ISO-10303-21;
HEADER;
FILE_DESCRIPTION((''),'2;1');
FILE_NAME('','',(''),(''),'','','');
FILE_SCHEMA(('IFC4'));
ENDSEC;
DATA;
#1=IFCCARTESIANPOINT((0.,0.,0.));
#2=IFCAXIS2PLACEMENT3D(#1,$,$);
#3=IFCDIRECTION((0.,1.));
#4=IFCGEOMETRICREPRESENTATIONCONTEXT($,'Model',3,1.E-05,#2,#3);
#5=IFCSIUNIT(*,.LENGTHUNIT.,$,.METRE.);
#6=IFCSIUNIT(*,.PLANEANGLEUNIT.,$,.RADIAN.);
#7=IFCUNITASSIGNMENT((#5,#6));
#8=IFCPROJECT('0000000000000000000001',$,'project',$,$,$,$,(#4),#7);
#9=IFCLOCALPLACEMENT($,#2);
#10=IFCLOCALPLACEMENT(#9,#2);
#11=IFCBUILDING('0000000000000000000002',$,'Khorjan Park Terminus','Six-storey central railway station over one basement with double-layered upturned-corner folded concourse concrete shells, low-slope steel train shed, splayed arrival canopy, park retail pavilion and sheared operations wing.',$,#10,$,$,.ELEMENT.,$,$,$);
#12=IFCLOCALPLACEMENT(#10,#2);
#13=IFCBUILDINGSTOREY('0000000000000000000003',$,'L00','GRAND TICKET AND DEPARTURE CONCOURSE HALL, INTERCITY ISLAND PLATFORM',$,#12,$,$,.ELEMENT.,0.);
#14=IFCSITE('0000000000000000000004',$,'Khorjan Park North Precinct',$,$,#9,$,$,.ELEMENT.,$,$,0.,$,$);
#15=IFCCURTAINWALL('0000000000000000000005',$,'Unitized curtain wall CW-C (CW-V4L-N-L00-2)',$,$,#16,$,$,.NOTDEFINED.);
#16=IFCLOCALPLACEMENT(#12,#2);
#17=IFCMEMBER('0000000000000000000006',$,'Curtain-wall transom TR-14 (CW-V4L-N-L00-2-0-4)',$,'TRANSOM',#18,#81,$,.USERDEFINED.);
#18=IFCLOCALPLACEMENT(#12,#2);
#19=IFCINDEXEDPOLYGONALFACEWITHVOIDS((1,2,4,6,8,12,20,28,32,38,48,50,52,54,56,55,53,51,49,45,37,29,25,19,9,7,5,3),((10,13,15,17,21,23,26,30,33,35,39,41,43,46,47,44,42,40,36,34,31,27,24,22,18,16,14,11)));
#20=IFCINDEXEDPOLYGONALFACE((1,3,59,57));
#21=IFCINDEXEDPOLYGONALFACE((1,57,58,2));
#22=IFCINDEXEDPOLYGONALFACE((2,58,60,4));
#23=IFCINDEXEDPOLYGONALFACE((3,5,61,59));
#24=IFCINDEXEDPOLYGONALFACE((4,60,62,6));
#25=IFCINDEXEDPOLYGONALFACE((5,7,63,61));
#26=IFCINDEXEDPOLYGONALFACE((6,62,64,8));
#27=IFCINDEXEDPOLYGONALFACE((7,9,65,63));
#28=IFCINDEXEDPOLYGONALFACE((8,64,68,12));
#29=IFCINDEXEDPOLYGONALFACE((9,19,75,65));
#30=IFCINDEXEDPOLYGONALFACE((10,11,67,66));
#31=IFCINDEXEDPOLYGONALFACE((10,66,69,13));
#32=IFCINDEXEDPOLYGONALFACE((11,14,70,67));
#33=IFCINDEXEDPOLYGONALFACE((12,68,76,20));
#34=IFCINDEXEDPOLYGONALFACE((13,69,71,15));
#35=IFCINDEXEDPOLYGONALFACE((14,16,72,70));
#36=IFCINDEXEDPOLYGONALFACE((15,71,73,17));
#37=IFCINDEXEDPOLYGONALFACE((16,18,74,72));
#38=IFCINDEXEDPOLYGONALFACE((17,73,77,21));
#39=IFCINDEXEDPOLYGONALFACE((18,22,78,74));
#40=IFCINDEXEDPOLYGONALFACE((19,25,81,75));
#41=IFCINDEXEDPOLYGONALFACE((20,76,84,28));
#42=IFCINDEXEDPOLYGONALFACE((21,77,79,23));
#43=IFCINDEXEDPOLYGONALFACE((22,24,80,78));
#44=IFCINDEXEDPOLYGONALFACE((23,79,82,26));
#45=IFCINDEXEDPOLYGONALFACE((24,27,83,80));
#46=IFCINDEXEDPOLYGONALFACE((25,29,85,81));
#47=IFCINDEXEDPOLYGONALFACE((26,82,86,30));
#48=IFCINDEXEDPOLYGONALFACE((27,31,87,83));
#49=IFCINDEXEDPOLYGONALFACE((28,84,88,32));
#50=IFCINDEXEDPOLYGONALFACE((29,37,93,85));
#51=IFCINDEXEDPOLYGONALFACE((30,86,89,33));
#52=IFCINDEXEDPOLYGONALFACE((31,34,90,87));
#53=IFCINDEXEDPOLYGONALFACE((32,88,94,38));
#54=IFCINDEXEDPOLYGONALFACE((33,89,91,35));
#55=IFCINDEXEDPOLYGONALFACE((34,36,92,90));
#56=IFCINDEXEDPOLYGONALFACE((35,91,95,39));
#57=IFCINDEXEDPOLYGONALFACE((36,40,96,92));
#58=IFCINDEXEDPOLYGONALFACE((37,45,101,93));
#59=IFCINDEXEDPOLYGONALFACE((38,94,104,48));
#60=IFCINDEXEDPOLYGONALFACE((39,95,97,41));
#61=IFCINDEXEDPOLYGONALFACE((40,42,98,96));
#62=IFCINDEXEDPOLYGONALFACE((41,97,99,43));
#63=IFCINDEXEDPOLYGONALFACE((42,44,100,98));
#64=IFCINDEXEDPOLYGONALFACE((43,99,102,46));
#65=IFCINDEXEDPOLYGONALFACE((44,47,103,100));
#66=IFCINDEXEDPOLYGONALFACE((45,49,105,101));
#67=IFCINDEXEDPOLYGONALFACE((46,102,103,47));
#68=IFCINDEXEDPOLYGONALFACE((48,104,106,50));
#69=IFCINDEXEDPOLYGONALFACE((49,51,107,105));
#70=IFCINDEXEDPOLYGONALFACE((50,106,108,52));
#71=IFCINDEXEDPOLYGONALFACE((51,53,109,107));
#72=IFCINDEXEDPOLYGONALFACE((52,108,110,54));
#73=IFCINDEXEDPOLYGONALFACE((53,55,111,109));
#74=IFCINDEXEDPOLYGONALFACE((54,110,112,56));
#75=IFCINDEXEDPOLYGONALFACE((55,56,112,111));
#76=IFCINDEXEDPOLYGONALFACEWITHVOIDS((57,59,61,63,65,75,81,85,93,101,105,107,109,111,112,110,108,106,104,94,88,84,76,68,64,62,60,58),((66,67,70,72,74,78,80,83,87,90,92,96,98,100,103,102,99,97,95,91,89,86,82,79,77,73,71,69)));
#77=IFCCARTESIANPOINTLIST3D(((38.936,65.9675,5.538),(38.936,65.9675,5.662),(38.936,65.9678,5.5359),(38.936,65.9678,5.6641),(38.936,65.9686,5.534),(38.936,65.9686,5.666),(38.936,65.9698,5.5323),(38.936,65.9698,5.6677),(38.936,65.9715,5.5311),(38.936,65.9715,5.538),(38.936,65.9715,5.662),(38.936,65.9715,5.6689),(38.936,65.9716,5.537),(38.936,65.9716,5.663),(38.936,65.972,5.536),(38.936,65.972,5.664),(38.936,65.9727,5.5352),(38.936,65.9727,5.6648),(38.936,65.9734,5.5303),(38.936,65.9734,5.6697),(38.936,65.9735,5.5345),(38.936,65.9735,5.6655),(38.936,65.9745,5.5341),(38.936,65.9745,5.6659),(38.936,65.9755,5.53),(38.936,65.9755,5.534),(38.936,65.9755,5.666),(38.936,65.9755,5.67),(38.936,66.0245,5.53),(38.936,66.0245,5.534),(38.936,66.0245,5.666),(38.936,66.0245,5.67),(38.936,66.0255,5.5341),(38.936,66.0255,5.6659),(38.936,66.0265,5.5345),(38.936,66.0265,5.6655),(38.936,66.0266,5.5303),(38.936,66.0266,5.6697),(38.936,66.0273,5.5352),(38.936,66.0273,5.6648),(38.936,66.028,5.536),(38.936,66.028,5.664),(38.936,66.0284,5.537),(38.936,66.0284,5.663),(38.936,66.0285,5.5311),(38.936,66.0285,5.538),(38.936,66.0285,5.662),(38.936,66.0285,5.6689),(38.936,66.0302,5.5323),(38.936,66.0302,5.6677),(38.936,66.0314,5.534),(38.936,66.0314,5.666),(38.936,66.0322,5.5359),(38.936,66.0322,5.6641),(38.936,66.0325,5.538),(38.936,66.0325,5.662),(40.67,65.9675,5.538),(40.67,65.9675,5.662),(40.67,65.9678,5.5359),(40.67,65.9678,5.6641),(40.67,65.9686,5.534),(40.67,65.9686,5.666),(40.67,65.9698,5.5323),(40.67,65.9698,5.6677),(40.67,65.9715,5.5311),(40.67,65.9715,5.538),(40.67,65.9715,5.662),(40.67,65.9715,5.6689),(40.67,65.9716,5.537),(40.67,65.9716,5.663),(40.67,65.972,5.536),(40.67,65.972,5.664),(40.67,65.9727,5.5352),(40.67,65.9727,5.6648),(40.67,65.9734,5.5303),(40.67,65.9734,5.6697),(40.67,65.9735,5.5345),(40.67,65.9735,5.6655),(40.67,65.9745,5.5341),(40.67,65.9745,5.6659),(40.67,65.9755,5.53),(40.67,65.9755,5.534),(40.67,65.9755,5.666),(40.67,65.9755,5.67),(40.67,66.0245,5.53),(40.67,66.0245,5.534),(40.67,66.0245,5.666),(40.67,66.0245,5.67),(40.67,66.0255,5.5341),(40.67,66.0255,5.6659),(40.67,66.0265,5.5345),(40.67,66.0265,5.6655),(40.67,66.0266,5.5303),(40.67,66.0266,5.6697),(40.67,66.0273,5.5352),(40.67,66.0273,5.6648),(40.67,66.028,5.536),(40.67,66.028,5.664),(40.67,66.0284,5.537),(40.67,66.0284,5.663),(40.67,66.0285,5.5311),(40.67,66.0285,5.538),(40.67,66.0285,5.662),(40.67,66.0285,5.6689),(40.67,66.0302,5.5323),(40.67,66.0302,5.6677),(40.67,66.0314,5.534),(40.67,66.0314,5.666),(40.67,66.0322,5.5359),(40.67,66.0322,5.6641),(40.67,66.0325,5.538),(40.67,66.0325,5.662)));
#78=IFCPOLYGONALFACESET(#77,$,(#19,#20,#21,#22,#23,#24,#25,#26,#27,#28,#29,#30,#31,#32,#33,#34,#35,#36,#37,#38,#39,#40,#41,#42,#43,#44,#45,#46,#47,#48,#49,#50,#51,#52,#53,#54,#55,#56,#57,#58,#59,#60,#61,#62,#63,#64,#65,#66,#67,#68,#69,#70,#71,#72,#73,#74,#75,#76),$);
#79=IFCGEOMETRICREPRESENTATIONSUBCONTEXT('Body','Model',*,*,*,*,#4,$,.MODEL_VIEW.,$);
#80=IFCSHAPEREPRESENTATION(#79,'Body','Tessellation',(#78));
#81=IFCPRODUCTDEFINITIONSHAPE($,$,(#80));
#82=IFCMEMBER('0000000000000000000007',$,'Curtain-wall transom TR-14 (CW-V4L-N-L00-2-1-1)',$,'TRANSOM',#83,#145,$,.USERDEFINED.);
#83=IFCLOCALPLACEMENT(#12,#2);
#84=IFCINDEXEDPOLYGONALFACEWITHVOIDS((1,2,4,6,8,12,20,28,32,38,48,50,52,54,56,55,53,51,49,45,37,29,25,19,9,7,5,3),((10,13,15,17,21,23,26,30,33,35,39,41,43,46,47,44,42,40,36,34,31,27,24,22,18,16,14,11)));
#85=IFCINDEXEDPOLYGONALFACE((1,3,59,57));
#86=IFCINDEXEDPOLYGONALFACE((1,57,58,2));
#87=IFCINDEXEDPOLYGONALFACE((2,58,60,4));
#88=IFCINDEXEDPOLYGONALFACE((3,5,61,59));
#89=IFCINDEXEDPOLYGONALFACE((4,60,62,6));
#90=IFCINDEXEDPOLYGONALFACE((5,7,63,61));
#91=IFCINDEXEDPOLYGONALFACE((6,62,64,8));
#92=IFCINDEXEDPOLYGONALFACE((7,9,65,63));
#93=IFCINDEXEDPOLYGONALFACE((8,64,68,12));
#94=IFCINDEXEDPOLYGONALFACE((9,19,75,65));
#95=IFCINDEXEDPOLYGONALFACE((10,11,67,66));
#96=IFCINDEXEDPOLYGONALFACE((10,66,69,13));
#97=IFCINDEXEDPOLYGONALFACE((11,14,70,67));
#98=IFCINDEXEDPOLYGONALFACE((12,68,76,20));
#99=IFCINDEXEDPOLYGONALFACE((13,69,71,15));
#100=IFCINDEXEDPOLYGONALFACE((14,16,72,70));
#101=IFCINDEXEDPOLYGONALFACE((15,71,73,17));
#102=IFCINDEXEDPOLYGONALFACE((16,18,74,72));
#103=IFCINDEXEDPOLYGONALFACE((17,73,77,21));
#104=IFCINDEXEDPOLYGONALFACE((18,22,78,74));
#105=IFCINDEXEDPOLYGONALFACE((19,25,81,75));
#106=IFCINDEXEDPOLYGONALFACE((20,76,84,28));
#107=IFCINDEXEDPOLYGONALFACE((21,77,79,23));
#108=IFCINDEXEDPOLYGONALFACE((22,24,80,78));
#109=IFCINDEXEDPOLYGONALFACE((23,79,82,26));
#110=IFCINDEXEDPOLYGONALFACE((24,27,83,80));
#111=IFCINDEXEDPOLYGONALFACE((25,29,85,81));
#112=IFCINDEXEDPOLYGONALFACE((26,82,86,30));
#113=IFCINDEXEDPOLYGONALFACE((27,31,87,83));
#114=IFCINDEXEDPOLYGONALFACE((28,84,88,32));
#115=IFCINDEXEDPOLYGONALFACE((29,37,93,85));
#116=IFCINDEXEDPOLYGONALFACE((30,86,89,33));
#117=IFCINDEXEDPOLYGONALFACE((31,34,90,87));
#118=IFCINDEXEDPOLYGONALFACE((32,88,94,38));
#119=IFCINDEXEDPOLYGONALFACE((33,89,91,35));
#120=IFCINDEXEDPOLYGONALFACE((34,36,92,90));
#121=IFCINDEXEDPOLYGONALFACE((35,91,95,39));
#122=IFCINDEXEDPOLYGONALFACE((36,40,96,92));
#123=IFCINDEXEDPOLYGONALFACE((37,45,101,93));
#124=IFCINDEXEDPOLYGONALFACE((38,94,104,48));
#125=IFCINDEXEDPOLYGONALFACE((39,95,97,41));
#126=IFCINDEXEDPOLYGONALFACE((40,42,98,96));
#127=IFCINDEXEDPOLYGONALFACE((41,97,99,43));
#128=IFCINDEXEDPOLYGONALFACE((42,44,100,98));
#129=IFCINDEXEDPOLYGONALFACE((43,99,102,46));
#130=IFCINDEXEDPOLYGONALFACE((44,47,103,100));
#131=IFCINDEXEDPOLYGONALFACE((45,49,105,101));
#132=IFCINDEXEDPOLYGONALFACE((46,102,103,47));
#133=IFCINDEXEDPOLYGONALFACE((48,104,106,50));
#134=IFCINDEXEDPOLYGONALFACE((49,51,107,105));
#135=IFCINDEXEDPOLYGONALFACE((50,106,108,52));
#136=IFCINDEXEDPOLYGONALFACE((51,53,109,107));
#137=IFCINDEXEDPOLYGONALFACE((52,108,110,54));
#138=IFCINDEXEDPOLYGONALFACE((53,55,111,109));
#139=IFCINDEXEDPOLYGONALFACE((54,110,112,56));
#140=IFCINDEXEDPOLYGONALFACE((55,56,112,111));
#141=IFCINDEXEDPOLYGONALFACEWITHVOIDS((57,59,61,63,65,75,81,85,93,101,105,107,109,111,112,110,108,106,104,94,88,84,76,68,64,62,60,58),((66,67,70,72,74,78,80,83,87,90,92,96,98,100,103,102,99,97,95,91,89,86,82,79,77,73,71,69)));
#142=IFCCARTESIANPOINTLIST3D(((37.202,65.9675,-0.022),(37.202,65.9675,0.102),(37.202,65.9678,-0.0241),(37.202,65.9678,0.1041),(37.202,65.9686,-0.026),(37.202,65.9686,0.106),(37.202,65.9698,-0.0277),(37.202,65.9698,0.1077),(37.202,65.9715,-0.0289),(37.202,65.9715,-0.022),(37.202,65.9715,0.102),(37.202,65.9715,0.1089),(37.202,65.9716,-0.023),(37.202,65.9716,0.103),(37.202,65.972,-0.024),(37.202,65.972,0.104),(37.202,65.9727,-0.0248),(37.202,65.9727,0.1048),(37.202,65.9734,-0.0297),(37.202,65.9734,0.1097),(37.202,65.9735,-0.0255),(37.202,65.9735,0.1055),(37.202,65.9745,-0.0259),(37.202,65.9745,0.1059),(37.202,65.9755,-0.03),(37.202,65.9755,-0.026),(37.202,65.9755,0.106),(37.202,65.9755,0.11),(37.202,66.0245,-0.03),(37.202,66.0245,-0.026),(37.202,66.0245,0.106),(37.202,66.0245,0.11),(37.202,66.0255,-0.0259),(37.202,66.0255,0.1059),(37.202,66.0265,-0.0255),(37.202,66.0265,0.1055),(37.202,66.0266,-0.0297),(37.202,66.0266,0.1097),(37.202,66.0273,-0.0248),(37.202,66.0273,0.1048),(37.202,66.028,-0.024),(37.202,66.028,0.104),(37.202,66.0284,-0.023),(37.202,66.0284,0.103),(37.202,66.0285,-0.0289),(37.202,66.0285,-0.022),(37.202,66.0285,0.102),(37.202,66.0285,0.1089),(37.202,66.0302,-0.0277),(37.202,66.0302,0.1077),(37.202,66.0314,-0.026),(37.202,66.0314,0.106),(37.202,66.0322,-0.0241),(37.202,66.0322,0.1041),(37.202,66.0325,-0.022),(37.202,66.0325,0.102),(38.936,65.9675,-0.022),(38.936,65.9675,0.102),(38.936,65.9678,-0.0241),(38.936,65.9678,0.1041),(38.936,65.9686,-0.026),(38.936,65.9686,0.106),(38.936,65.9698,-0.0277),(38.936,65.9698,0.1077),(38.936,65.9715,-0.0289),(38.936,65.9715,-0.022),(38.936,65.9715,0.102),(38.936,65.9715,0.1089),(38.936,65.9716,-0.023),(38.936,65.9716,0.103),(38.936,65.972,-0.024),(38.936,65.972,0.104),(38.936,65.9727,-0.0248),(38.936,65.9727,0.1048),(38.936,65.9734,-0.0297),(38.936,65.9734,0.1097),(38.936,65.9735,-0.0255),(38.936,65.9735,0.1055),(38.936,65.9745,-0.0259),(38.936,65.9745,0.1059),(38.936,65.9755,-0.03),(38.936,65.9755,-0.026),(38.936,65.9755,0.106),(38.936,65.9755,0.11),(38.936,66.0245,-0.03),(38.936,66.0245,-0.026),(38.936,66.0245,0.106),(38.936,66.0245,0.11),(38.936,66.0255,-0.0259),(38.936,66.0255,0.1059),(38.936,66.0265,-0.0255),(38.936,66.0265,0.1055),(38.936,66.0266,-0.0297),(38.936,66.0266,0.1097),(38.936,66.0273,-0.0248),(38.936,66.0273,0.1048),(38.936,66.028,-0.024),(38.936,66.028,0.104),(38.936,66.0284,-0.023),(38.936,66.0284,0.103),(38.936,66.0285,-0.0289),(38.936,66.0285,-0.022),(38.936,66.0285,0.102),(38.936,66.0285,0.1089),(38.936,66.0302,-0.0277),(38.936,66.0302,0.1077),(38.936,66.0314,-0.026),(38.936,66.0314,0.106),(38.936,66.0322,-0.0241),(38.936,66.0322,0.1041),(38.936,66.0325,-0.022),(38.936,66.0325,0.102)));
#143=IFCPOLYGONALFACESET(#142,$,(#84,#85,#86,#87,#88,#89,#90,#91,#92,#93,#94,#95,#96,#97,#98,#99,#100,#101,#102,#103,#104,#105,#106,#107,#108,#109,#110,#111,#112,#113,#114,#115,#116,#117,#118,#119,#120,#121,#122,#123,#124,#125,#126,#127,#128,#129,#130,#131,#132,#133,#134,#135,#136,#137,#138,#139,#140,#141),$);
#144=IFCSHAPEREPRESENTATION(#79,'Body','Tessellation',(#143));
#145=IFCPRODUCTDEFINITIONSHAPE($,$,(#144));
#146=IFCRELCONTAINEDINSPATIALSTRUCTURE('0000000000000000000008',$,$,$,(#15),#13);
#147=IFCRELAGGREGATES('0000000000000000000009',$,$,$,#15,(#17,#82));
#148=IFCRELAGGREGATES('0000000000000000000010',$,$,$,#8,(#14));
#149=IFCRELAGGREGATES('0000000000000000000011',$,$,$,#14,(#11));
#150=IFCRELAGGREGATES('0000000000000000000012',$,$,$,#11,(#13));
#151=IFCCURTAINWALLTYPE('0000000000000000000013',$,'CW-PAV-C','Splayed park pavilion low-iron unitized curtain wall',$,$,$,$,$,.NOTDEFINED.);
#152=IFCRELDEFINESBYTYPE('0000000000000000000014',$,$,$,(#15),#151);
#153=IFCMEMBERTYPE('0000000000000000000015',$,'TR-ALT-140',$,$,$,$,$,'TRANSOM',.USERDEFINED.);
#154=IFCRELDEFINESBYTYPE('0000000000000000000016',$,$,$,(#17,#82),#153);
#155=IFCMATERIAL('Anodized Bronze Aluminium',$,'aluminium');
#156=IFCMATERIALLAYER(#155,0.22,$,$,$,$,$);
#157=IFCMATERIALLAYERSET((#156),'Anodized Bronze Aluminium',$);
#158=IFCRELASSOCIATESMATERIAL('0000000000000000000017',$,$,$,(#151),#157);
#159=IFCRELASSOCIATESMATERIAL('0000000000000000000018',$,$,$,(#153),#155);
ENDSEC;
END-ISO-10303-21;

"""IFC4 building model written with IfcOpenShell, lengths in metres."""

from ifc_helpers import new_model, si_unit, direction, frame, origin, origin_2d, place, context, subcontext, project, spatial, hollow_rectangle, extrude, material, layer, layer_set, material_profile, profile_set, type_object, element, aggregate, save


model = new_model("IFC4")

# Units and contexts
model_context = context("Model", 3, precision=1e-05, world=origin(), true_north=direction((0.0, 1.0)))
body_context = subcontext(model_context, "Body", "Model", "MODEL_VIEW")
ifc_project = project(units=[si_unit("LENGTHUNIT", "METRE"), si_unit("PLANEANGLEUNIT", "RADIAN")], contexts=[model_context])

# Site, building, storey
site_placement = place(None, origin())
site = spatial("IfcSite", under=ifc_project, at=site_placement, Name="Khorjan Park North Precinct", CompositionType="ELEMENT", RefElevation=0.0)
building_placement = place(site_placement, origin())
building = spatial("IfcBuilding", under=site, at=building_placement, Name="Khorjan Park Terminus", Description="Six-storey central railway station over one basement with double-layered upturned-corner folded concourse concrete shells, low-slope steel train shed, splayed arrival canopy, park retail pavilion and sheared operations wing.", CompositionType="ELEMENT")
storey_placement = place(building_placement, origin())
storey = spatial("IfcBuildingStorey", under=building, at=storey_placement, Name="L00", Description="GRAND TICKET AND DEPARTURE CONCOURSE HALL, INTERCITY ISLAND PLATFORM", CompositionType="ELEMENT", Elevation=0.0)

# Curtain wall
ifc_material_1 = material(Name="Anodized Bronze Aluminium", Category="aluminium")
ifc_layer_1 = layer(ifc_material_1, 0.22)
ifc_layer_set_1 = layer_set([ifc_layer_1], Name="Anodized Bronze Aluminium")
curtain_wall_type = type_object("IfcCurtainWallType", Name="CW-PAV-C", Description="Splayed park pavilion low-iron unitized curtain wall", PredefinedType="NOTDEFINED", material=ifc_layer_set_1)
curtain_wall_1_placement = place(storey_placement, origin())
curtain_wall_1 = element("IfcCurtainWall", 1, at=curtain_wall_1_placement, inside=storey, type_object=curtain_wall_type, Name="Unitized curtain wall CW-C (CW-V4L-N-L00-2)", PredefinedType="NOTDEFINED")

# Members
ifc_material_profile_1 = material_profile(ifc_material_1, hollow_rectangle(XDim=0.065, YDim=0.14, WallThickness=0.004, InnerFilletRadius=0.004, OuterFilletRadius=0.008, at=origin_2d()), Name="ALT 65x140x4")
ifc_profile_set_1 = profile_set([ifc_material_profile_1], Name="Anodized Bronze Aluminium")
member_type_1 = type_object("IfcMemberType", Name="TR-ALT-140", ElementType="TRANSOM", PredefinedType="USERDEFINED", material=ifc_profile_set_1)
member_1_placement = place(storey_placement, frame((40.67, 66.0, 5.6), z_axis=(-1.0, 0.0, 0.0), x_axis=(0.0, -1.0, 0.0)))
member_1 = element("IfcMember", 2, at=member_1_placement, type_object=member_type_1, Name="Curtain-wall transom TR-14 (CW-V4L-N-L00-2-0-4)", ObjectType="TRANSOM", PredefinedType="USERDEFINED", context=body_context, shape_type="SweptSolid", body=[
    extrude(hollow_rectangle(XDim=0.065, YDim=0.14, WallThickness=0.004, InnerFilletRadius=0.004, OuterFilletRadius=0.008, at=origin_2d()), origin(), (0.0, 0.0, 1.0), 1.734),
])
member_2_placement = place(storey_placement, frame((38.936, 66.0, 0.04), z_axis=(-1.0, 0.0, 0.0), x_axis=(0.0, -1.0, 0.0)))
member_2 = element("IfcMember", 3, at=member_2_placement, type_object=member_type_1, Name="Curtain-wall transom TR-14 (CW-V4L-N-L00-2-1-1)", ObjectType="TRANSOM", PredefinedType="USERDEFINED", context=body_context, shape_type="SweptSolid", body=[
    extrude(hollow_rectangle(XDim=0.065, YDim=0.14, WallThickness=0.004, InnerFilletRadius=0.004, OuterFilletRadius=0.008, at=origin_2d()), origin(), (0.0, 0.0, 1.0), 1.734),
])

aggregate(curtain_wall_1, [member_1, member_2])

save(model, "model.ifc")
